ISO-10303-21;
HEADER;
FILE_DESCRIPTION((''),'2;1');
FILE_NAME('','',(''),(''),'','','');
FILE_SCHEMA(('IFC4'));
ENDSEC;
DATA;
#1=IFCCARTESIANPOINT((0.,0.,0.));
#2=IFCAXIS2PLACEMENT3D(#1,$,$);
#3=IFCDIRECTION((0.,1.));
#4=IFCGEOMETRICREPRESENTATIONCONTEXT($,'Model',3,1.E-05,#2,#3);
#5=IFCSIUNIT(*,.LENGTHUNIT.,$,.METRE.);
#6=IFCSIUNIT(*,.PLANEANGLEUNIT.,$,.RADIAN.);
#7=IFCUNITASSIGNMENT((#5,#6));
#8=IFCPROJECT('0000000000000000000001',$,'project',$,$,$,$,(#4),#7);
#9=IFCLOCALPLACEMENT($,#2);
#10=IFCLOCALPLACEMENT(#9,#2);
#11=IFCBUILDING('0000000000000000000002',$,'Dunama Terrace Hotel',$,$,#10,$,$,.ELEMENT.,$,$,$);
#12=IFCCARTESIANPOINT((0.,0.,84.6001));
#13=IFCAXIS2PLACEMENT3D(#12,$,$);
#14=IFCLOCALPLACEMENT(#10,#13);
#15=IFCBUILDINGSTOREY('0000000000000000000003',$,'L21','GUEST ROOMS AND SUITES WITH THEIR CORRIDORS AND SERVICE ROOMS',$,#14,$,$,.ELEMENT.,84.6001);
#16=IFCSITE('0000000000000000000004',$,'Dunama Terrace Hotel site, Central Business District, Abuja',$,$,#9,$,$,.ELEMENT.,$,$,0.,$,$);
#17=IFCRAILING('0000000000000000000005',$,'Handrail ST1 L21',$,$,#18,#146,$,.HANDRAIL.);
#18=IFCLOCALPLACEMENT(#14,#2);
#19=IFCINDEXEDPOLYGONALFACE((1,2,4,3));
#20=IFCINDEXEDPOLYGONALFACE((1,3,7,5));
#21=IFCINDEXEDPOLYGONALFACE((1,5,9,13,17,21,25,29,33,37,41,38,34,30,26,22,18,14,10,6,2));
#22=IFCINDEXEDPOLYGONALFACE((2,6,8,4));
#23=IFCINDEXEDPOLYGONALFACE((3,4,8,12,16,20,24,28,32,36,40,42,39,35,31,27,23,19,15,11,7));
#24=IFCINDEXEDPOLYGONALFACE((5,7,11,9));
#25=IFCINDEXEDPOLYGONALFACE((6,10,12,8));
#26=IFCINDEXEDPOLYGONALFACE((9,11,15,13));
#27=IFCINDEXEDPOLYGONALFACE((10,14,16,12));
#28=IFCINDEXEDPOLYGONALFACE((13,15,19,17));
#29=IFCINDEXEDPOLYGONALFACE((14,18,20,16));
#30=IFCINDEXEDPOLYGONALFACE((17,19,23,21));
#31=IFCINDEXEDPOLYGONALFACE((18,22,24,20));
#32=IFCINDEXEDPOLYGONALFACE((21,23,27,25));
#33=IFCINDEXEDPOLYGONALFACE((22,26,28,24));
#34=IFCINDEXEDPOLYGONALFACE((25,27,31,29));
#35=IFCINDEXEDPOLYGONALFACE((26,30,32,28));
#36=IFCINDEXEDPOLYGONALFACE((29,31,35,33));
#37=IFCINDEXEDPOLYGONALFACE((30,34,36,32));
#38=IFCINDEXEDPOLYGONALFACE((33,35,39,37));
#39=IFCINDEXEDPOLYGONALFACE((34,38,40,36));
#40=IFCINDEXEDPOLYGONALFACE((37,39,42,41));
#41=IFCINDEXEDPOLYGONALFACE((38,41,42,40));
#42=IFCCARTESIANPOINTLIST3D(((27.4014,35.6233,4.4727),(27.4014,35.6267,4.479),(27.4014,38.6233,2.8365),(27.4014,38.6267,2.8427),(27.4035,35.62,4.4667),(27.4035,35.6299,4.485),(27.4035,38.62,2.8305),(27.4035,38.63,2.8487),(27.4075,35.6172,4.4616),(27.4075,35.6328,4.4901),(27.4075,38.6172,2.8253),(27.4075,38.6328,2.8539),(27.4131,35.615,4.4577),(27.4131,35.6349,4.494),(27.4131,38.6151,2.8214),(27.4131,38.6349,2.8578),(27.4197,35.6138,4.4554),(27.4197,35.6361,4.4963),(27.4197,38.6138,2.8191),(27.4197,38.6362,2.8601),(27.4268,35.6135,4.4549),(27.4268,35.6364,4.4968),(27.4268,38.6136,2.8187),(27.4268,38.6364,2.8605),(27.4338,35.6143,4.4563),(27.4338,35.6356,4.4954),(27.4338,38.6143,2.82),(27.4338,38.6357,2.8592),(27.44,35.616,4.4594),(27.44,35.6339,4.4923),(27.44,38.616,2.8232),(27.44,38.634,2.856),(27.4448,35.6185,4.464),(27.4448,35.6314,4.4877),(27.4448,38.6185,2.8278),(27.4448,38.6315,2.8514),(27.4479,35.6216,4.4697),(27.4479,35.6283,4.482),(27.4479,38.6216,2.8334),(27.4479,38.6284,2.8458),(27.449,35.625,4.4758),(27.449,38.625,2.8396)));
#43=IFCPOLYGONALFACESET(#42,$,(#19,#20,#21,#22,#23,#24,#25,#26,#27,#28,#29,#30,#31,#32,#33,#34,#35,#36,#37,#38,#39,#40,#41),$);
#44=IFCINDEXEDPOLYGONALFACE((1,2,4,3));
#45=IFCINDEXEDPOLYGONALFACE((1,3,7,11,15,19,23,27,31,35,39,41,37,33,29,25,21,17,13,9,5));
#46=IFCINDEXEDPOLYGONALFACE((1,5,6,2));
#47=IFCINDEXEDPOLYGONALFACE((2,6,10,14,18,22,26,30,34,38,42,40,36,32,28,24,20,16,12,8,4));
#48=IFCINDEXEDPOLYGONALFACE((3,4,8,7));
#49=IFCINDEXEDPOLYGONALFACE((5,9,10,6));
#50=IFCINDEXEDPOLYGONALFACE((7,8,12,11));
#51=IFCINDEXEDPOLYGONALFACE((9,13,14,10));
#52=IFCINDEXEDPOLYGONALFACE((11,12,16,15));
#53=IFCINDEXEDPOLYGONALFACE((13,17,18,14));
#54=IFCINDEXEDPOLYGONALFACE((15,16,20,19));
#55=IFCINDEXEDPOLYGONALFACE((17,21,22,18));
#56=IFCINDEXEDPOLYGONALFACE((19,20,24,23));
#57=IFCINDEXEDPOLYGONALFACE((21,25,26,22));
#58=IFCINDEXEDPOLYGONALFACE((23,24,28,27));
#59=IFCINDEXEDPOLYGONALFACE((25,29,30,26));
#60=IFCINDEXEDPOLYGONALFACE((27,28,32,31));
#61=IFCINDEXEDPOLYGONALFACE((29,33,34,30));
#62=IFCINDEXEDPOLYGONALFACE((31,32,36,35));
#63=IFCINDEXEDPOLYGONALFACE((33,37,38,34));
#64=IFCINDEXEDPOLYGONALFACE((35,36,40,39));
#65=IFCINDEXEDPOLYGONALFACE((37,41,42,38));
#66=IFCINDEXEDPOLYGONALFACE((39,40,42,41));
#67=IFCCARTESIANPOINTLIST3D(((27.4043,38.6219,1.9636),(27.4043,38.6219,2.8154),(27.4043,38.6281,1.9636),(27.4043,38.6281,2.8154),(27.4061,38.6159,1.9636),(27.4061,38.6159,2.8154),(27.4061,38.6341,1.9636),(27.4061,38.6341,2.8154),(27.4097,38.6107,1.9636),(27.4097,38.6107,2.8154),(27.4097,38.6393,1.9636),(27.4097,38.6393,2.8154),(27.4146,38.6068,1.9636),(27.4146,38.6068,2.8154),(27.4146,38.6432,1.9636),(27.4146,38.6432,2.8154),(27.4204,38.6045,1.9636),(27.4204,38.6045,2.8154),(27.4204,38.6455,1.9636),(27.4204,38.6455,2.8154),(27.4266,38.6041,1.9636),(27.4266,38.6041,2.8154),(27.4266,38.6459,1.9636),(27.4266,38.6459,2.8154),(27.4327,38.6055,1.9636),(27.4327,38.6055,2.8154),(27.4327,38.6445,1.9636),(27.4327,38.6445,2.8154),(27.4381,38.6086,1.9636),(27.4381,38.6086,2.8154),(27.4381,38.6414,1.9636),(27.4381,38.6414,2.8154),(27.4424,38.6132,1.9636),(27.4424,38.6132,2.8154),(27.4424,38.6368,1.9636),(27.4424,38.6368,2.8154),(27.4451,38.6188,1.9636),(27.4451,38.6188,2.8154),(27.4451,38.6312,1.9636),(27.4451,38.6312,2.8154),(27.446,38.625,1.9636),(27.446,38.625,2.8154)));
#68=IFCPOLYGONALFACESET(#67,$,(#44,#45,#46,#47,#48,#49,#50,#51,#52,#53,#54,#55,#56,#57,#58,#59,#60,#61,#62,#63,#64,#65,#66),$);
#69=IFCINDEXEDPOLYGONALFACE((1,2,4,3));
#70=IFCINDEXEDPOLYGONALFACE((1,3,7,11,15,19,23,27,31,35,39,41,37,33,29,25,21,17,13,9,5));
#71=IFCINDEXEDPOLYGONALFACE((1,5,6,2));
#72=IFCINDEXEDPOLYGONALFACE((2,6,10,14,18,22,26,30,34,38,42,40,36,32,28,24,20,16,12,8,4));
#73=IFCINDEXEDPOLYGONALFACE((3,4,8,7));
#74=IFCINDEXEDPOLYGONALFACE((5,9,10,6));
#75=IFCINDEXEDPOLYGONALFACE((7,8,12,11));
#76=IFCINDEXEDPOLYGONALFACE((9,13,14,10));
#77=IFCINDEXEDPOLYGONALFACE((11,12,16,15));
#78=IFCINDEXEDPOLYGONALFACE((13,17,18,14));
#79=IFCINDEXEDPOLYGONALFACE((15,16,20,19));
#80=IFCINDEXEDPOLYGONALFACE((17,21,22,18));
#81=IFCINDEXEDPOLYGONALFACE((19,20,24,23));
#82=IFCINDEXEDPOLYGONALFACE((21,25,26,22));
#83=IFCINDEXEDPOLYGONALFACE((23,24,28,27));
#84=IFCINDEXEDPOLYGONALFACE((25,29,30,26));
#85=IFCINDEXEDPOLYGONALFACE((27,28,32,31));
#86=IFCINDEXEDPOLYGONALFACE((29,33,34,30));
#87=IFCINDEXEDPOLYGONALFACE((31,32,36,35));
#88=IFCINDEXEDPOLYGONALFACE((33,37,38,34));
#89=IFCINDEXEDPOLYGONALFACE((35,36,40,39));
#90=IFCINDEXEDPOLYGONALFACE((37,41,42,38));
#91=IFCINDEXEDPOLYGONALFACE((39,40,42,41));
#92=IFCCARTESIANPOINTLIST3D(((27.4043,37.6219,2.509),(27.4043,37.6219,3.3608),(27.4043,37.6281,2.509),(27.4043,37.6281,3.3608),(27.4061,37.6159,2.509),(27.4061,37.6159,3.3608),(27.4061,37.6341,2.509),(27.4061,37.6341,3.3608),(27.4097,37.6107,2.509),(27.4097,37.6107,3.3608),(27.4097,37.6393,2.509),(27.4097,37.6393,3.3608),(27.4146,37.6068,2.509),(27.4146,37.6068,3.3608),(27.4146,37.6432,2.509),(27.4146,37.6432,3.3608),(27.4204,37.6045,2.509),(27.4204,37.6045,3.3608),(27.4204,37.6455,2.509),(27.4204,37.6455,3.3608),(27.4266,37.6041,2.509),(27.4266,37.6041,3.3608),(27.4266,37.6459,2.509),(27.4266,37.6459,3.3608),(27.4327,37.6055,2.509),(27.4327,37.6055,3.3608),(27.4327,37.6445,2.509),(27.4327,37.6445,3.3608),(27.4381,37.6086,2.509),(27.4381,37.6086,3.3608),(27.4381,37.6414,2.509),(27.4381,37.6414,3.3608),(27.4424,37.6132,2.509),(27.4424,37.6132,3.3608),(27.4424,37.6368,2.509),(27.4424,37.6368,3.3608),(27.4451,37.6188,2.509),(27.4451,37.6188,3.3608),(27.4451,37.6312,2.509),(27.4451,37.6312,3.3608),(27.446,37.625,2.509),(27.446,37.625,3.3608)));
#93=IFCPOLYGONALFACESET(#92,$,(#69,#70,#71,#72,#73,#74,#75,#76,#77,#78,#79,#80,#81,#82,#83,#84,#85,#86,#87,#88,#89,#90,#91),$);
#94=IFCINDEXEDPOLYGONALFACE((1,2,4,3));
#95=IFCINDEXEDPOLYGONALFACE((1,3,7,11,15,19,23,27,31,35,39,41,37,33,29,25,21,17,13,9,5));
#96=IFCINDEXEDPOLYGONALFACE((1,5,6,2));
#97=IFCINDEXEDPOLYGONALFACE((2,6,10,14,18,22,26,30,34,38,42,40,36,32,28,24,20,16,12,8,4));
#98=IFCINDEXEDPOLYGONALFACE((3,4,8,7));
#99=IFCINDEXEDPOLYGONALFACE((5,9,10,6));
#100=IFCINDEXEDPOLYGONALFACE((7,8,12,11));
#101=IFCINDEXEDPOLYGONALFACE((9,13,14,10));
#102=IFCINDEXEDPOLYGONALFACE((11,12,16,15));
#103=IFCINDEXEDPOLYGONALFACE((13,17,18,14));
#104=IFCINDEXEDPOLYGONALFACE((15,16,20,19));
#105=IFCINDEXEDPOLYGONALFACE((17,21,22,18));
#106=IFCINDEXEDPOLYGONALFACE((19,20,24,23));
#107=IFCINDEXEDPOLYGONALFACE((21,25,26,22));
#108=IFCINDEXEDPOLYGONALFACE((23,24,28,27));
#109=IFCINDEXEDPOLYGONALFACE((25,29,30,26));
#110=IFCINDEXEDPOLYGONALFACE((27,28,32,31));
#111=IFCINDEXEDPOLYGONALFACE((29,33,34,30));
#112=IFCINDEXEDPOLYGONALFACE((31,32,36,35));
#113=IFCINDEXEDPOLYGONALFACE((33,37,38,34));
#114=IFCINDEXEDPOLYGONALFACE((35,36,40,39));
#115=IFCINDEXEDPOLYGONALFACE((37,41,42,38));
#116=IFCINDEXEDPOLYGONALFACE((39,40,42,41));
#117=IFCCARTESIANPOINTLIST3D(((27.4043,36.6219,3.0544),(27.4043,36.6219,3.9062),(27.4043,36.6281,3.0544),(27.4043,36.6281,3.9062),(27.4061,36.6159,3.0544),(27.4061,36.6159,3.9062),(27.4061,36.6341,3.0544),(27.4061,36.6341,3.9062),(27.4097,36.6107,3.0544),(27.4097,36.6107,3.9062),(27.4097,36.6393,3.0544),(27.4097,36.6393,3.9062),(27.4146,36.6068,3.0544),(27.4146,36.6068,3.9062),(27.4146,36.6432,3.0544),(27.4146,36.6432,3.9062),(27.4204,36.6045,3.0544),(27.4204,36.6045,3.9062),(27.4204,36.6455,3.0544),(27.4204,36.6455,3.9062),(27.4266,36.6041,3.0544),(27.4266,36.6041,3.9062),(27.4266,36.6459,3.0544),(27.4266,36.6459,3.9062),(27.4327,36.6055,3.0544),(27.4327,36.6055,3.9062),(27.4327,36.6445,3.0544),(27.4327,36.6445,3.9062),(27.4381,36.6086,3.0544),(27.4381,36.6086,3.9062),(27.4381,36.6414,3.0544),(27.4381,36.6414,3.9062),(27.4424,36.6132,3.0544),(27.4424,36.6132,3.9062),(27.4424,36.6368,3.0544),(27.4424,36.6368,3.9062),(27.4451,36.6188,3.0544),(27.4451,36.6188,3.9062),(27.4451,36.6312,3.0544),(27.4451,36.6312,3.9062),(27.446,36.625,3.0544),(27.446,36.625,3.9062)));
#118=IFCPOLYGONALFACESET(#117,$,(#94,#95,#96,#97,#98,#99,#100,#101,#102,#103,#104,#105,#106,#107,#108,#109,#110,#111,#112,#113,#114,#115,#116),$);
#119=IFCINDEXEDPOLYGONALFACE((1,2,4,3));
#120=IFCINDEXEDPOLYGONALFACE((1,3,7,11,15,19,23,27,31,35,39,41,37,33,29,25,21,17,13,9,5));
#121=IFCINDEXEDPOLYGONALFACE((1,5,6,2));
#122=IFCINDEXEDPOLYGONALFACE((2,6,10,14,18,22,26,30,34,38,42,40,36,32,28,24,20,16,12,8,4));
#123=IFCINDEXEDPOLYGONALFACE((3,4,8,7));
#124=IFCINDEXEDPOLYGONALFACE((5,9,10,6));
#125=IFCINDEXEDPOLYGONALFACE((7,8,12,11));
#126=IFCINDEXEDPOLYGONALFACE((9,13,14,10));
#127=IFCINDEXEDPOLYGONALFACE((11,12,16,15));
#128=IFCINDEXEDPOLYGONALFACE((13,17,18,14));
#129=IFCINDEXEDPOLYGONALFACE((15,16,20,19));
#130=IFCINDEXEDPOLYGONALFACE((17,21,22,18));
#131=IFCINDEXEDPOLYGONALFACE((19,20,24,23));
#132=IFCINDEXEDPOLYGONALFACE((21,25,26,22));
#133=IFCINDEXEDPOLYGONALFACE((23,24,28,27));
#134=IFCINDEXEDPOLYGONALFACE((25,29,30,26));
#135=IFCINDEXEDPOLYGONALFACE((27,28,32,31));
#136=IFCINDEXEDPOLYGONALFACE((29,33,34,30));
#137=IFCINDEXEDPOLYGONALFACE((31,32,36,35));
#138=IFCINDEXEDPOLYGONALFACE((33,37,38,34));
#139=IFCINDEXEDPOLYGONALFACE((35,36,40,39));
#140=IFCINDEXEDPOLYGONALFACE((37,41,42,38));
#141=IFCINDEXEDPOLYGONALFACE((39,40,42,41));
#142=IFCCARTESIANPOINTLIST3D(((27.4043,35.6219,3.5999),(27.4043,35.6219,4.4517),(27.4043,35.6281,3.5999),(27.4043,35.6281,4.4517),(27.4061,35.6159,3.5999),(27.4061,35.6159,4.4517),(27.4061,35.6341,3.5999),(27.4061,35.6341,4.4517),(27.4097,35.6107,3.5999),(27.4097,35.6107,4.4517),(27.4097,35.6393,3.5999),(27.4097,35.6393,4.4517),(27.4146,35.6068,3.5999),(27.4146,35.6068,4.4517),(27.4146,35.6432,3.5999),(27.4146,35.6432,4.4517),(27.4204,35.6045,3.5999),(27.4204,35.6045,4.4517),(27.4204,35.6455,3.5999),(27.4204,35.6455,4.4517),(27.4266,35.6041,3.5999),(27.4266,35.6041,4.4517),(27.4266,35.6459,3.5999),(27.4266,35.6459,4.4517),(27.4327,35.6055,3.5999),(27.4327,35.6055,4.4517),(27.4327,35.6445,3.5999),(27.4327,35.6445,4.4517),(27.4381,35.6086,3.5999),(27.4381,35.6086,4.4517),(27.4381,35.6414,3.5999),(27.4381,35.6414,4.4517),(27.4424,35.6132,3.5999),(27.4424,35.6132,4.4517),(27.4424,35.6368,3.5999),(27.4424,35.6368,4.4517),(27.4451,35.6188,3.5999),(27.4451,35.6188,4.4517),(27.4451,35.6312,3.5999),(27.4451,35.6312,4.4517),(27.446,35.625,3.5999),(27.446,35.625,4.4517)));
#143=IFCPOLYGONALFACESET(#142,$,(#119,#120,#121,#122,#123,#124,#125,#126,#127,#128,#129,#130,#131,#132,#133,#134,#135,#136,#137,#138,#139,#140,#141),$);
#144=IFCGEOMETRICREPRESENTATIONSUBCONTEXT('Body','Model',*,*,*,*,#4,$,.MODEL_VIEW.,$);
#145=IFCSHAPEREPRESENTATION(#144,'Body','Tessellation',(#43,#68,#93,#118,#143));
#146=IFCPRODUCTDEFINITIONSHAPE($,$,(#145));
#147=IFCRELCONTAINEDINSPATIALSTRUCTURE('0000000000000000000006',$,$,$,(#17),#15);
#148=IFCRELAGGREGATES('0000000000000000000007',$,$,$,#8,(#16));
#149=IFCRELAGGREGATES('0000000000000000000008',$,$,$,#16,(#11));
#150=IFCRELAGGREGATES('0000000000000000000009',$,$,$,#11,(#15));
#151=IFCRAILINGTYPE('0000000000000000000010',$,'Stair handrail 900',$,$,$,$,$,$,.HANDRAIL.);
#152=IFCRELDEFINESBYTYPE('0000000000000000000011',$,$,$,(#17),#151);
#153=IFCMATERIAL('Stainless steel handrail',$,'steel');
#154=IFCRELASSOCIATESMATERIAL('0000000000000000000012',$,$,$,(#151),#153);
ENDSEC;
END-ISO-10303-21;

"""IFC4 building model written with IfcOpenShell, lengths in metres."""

from ifc_helpers import new_model, si_unit, direction, frame, origin, origin_2d, place, context, subcontext, project, spatial, circle, extrude, material, type_object, element, save


model = new_model("IFC4")

# Units and contexts
model_context = context("Model", 3, precision=1e-05, world=origin(), true_north=direction((0.0, 1.0)))
body_context = subcontext(model_context, "Body", "Model", "MODEL_VIEW")
ifc_project = project(units=[si_unit("LENGTHUNIT", "METRE"), si_unit("PLANEANGLEUNIT", "RADIAN")], contexts=[model_context])

# Site, building, storey
site_placement = place(None, origin())
site = spatial("IfcSite", under=ifc_project, at=site_placement, Name="Dunama Terrace Hotel site, Central Business District, Abuja", CompositionType="ELEMENT", RefElevation=0.0)
building_placement = place(site_placement, origin())
building = spatial("IfcBuilding", under=site, at=building_placement, Name="Dunama Terrace Hotel", CompositionType="ELEMENT")
storey_placement = place(building_placement, frame((0.0, 0.0, 84.6001)))
storey = spatial("IfcBuildingStorey", under=building, at=storey_placement, Name="L21", Description="GUEST ROOMS AND SUITES WITH THEIR CORRIDORS AND SERVICE ROOMS", CompositionType="ELEMENT", Elevation=84.6001)

# Railing
ifc_material_1 = material(Name="Stainless steel handrail", Category="steel")
railing_type = type_object("IfcRailingType", Name="Stair handrail 900", PredefinedType="HANDRAIL", material=ifc_material_1)
railing_placement = place(storey_placement, frame((27.425, 38.625, 1.9636)))
element("IfcRailing", 1, at=railing_placement, inside=storey, type_object=railing_type, Name="Handrail ST1 L21", PredefinedType="HANDRAIL", context=body_context, shape_type="SweptSolid", body=[
    extrude(circle(Radius=0.0239, at=origin_2d()), frame((0.0, 0.0, 0.876), z_axis=(0.0, -0.877912, 0.478822), x_axis=(1.0, 0.0, 0.0)), (0.0, 0.0, 1.0), 3.4172),
    extrude(circle(Radius=0.021, at=origin_2d()), origin(), (0.0, 0.0, 1.0), 0.8518),
    extrude(circle(Radius=0.021, at=origin_2d()), frame((0.0, -1.0, 0.5454)), (0.0, 0.0, 1.0), 0.8518),
    extrude(circle(Radius=0.021, at=origin_2d()), frame((0.0, -2.0, 1.0908)), (0.0, 0.0, 1.0), 0.8518),
    extrude(circle(Radius=0.021, at=origin_2d()), frame((0.0, -3.0, 1.6362)), (0.0, 0.0, 1.0), 0.8518),
])

save(model, "model.ifc")
